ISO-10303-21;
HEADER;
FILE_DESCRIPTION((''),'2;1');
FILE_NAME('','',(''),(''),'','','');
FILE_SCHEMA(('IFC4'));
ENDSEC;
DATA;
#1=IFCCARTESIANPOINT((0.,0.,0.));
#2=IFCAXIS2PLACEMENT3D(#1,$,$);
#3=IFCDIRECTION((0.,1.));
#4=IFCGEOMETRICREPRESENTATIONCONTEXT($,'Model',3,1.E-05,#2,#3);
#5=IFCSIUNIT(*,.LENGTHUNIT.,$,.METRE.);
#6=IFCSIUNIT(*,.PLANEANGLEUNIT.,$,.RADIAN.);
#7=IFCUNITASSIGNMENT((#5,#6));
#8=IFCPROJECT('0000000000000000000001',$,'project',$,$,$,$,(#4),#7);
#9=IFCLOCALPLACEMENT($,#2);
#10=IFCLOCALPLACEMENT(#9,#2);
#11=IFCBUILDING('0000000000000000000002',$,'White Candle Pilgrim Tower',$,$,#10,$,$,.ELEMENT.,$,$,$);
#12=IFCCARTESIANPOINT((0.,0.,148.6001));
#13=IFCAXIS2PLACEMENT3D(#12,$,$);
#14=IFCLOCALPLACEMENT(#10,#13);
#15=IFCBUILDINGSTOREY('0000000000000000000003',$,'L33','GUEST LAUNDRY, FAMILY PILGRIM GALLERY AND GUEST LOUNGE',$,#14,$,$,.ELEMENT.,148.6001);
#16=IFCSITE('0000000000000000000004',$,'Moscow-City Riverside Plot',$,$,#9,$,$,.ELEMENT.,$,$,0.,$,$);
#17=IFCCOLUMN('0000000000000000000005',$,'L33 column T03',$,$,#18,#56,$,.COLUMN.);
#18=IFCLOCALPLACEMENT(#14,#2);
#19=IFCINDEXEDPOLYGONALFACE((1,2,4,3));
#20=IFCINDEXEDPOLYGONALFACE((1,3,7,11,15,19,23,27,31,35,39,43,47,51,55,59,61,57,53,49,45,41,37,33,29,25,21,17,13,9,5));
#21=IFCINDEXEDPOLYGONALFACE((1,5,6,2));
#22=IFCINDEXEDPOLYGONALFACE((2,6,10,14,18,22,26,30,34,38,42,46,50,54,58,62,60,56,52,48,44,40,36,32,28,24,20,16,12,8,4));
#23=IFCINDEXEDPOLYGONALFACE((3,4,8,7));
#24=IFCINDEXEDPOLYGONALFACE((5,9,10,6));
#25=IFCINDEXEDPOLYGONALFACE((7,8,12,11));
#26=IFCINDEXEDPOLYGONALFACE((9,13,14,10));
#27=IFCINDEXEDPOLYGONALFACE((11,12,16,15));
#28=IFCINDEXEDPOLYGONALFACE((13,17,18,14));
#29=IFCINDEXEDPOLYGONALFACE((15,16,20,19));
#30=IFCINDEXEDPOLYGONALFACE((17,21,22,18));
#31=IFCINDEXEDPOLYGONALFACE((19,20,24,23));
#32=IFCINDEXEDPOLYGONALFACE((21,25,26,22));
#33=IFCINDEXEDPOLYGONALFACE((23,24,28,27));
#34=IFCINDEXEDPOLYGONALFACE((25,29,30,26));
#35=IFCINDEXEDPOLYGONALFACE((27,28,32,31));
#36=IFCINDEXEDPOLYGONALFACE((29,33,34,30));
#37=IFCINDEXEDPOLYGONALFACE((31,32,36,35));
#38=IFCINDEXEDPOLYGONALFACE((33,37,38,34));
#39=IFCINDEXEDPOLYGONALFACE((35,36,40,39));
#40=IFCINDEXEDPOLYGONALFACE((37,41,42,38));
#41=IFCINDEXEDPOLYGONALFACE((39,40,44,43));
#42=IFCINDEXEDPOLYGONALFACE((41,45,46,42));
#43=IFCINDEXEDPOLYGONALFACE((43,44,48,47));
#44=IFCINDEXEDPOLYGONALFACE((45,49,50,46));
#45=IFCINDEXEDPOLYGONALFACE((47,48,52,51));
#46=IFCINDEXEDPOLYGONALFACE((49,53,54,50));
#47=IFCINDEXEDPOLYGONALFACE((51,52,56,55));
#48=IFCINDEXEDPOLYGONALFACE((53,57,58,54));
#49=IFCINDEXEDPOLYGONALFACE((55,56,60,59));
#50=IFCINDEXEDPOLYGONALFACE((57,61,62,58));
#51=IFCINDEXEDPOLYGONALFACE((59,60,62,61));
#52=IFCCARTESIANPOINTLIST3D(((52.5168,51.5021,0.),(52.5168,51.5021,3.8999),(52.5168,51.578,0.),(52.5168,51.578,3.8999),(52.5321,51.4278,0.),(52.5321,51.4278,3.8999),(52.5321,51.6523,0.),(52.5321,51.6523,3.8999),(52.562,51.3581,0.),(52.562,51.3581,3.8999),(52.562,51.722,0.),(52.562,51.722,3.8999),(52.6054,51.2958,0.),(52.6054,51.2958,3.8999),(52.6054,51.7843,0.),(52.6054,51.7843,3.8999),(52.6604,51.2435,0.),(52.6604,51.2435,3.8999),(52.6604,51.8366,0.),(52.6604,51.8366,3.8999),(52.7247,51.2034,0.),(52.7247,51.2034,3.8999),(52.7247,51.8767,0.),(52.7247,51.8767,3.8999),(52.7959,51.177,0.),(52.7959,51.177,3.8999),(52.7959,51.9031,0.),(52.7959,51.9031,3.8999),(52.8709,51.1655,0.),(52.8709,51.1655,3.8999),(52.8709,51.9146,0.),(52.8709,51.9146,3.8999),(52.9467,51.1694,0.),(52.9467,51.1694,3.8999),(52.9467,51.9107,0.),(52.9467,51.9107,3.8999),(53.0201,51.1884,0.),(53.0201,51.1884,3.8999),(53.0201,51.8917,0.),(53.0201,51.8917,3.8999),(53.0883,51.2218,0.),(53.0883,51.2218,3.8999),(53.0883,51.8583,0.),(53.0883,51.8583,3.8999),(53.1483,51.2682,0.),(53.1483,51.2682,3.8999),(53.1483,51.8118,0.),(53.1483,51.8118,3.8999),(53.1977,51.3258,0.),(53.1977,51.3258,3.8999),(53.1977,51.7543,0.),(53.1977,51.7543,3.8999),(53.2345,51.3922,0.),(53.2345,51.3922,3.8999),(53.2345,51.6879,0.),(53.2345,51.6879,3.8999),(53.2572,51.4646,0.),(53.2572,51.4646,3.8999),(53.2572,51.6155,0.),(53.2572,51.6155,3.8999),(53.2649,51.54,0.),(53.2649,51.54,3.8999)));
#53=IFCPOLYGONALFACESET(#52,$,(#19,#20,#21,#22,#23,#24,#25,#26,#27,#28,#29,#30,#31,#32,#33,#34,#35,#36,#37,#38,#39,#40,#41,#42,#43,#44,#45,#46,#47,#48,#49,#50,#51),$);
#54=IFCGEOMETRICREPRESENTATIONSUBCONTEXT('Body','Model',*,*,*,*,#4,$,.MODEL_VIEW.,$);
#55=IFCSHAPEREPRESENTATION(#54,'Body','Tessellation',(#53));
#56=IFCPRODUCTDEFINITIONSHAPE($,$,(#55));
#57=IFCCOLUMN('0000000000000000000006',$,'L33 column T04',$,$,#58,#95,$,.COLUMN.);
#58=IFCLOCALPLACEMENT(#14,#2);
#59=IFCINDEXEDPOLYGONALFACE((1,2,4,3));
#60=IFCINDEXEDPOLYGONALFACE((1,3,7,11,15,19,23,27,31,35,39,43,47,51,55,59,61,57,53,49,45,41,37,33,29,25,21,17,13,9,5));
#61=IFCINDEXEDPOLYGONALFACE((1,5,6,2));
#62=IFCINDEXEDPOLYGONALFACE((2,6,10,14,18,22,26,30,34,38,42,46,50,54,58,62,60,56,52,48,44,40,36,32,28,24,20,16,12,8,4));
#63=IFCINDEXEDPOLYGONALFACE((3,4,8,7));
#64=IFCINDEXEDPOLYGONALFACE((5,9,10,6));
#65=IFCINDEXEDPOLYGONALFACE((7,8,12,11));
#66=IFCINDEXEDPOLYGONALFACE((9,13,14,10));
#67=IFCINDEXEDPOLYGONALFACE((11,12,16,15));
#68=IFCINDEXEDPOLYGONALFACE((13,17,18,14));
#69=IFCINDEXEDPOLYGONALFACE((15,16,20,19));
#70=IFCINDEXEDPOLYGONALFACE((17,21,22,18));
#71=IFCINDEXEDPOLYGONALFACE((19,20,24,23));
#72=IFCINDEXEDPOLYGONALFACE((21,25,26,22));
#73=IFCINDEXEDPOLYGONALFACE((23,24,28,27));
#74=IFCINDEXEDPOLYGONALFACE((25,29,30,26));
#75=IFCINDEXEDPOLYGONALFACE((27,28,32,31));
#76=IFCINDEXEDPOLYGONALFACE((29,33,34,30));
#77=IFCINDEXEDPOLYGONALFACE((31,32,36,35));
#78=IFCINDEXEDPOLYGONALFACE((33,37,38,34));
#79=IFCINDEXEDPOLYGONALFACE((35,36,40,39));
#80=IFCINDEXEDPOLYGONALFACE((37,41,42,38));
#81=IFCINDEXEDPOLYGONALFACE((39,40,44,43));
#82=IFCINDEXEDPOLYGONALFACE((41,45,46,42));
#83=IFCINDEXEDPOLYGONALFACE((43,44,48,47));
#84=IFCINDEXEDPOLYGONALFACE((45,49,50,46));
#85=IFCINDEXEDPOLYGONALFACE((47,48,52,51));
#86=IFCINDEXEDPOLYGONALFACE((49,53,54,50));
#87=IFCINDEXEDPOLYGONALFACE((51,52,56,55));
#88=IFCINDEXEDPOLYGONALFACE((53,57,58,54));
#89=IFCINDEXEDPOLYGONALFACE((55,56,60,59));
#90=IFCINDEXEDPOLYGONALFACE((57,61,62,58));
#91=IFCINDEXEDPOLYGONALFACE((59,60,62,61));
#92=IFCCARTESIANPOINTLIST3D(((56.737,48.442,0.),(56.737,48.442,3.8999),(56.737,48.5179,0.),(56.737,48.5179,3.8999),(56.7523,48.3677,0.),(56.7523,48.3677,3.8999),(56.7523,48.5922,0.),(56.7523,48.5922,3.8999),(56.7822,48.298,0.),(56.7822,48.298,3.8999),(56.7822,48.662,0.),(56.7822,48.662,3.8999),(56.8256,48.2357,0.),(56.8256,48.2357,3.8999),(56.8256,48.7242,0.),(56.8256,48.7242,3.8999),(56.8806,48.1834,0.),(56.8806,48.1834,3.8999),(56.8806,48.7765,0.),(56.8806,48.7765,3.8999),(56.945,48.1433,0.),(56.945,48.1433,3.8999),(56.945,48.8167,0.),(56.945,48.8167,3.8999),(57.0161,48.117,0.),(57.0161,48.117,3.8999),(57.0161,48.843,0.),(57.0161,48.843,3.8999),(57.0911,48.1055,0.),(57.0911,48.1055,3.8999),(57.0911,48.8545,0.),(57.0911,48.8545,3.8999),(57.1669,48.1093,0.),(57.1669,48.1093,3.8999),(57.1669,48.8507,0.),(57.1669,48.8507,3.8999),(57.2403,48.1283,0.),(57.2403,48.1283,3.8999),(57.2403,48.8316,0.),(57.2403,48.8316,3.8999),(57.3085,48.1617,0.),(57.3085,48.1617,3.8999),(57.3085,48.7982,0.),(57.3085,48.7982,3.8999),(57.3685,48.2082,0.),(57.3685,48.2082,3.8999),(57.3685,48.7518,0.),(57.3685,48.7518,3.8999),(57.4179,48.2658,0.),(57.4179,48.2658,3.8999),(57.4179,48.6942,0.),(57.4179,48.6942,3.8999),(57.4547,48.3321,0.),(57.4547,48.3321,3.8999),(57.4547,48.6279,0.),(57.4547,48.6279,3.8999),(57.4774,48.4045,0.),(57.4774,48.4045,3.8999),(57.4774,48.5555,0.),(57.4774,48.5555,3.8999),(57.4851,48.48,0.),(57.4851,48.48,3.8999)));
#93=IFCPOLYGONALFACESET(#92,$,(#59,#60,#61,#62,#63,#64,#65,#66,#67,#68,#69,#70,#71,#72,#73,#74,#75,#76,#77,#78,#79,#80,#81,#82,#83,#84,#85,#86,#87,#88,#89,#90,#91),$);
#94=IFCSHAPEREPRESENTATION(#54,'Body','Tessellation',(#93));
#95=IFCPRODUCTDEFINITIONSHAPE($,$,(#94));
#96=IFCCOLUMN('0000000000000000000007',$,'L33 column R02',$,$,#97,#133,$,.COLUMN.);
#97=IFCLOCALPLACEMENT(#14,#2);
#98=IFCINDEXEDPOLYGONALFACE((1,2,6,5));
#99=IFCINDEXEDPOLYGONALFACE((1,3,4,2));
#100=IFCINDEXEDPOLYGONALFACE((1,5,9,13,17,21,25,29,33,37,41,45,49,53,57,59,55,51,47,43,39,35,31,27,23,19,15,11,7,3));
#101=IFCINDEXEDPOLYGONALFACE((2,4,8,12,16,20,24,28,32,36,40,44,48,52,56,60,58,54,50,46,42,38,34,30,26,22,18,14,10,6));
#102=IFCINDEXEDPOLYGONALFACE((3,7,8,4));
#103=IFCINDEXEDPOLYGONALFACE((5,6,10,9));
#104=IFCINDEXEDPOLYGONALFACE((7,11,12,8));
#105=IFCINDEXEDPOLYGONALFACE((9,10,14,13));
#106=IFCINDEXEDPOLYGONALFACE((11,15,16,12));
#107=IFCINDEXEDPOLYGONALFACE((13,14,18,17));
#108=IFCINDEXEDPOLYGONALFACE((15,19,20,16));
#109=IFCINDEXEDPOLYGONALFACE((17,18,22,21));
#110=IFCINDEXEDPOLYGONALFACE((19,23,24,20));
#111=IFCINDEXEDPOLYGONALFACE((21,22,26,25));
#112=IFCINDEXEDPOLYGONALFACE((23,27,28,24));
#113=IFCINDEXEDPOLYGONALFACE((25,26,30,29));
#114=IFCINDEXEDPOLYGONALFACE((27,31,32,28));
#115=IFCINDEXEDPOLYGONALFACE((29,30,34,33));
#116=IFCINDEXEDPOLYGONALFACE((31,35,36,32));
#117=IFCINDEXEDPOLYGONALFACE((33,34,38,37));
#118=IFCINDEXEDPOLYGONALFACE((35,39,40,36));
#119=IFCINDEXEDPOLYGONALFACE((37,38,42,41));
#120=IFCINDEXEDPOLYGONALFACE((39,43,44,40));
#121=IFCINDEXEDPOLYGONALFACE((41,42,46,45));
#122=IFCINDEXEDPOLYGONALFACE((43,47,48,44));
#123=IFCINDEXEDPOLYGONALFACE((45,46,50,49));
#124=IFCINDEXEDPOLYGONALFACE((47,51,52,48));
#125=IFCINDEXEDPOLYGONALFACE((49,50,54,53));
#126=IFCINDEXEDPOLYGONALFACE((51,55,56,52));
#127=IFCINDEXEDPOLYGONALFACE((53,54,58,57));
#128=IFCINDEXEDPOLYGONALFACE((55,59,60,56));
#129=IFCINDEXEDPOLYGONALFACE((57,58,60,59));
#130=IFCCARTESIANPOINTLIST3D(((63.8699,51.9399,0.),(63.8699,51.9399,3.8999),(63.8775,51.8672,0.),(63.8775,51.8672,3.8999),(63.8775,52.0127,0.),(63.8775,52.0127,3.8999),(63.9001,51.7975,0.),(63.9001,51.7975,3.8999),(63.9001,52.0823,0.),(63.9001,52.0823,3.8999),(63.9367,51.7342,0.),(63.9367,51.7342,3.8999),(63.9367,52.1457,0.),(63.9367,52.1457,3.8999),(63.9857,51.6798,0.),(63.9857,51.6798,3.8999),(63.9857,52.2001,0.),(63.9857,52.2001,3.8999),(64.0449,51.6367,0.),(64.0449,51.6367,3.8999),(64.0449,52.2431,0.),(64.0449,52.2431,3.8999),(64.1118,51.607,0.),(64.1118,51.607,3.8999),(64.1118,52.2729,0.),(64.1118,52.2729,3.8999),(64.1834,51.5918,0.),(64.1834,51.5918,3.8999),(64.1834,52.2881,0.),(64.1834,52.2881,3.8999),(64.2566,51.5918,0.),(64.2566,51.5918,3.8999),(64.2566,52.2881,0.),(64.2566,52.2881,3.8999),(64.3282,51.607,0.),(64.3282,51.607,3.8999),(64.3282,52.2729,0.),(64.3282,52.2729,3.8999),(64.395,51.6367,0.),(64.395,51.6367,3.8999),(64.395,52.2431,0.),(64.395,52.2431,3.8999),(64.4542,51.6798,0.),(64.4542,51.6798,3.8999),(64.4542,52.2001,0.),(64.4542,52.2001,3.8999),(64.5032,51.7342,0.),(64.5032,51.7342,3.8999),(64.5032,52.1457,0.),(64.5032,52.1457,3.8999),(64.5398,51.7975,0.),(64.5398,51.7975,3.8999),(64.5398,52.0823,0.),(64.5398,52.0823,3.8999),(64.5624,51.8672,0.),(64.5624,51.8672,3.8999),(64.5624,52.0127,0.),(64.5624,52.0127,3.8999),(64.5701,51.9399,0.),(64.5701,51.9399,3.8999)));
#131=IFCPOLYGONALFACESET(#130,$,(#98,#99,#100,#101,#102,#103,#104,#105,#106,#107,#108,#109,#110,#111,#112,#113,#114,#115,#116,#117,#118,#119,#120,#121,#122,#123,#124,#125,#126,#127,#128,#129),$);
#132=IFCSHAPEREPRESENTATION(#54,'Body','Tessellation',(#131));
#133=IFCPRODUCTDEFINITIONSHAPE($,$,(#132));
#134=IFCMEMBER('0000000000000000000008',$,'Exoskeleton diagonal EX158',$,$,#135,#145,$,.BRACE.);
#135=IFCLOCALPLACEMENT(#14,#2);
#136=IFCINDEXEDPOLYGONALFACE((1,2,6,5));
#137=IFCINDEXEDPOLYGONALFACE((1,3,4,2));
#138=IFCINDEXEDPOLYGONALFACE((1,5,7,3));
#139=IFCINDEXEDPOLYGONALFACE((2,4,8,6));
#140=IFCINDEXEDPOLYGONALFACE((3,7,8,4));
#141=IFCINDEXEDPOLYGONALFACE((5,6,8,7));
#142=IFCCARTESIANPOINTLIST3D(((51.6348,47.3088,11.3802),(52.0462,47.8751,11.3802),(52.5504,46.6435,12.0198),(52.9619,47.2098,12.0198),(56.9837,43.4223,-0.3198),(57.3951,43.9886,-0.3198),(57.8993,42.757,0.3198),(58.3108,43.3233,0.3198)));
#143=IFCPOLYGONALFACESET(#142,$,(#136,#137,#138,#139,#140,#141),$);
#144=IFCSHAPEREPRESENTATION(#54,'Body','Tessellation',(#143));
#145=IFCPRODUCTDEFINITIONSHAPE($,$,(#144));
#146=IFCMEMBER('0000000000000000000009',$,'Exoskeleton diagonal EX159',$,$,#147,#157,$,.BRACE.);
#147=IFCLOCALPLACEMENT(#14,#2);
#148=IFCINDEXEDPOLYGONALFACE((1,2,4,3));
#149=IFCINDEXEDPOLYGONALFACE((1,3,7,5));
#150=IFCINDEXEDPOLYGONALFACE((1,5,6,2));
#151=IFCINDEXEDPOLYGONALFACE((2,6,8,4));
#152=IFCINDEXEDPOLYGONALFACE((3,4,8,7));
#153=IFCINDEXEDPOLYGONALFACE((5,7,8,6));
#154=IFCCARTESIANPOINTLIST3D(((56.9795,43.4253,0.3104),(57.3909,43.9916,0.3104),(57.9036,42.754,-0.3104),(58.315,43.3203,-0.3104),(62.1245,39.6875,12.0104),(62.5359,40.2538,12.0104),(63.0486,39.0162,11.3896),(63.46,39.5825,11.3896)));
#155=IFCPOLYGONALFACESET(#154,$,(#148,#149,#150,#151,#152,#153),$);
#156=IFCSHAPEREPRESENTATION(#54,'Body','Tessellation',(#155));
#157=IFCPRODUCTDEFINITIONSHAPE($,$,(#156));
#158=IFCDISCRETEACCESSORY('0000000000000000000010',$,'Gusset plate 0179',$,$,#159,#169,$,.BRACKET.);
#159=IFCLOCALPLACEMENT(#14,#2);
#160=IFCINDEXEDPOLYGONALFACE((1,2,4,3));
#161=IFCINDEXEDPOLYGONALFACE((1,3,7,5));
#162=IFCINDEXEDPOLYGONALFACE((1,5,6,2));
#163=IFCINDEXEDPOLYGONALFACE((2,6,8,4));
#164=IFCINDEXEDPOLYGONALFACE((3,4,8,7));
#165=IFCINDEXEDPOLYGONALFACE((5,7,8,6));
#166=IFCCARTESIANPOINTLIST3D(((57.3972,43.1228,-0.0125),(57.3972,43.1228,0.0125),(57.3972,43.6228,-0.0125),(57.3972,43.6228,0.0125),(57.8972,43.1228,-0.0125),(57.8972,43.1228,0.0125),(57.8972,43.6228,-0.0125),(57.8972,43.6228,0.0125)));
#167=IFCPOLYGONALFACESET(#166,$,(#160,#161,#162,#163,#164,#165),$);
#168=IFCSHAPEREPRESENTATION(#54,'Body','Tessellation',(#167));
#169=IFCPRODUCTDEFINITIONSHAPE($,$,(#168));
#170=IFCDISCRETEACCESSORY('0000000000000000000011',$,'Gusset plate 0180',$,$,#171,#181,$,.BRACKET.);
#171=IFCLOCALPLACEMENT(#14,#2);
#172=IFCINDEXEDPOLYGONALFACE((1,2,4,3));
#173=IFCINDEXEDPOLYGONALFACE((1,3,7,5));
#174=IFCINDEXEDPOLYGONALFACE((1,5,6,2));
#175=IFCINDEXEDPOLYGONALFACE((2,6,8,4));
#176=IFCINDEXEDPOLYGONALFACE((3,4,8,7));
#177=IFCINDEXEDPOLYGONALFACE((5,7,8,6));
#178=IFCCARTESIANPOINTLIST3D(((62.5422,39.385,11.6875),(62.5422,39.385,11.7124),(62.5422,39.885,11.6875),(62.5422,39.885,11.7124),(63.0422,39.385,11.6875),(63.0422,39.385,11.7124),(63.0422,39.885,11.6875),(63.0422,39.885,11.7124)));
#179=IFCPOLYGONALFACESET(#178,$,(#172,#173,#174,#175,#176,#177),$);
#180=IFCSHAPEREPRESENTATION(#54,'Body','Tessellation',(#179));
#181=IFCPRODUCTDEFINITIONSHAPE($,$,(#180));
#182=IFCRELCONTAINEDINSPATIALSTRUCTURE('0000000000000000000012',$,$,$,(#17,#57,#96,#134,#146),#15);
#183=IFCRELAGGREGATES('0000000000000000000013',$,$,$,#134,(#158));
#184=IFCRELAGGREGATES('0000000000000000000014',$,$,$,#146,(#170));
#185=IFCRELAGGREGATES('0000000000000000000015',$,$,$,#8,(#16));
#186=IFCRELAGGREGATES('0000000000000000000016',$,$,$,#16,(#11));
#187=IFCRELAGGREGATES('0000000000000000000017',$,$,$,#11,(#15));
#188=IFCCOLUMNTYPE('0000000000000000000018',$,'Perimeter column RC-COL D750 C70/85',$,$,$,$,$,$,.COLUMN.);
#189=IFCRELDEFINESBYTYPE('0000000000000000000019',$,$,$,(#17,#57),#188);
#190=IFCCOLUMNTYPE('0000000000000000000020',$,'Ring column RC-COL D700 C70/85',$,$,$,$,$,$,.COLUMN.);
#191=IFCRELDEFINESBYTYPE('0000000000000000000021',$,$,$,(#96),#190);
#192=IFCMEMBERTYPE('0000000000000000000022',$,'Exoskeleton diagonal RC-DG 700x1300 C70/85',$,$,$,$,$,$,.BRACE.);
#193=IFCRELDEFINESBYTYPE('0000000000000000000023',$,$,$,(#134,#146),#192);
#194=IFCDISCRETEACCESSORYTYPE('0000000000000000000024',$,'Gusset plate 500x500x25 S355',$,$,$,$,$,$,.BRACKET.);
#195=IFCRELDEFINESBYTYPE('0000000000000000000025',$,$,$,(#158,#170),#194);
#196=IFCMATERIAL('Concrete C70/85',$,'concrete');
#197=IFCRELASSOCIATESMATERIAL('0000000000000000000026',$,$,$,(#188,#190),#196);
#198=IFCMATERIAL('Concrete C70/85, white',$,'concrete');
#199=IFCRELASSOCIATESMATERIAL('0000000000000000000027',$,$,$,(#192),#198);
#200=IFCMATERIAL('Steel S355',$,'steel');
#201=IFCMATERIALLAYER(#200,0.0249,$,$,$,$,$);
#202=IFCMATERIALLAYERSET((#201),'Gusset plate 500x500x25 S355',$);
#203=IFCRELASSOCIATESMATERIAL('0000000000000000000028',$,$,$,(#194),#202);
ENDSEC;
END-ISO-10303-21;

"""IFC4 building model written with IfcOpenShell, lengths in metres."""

from ifc_helpers import new_model, si_unit, direction, frame, origin, origin_2d, place, context, subcontext, project, spatial, rectangle, circle, extrude, material, layer, layer_set, material_profile, profile_set, type_object, element, aggregate, save


model = new_model("IFC4")

# Units and contexts
model_context = context("Model", 3, precision=1e-05, world=origin(), true_north=direction((0.0, 1.0)))
body_context = subcontext(model_context, "Body", "Model", "MODEL_VIEW")
ifc_project = project(units=[si_unit("LENGTHUNIT", "METRE"), si_unit("PLANEANGLEUNIT", "RADIAN")], contexts=[model_context])

# Site, building, storey
site_placement = place(None, origin())
site = spatial("IfcSite", under=ifc_project, at=site_placement, Name="Moscow-City Riverside Plot", CompositionType="ELEMENT", RefElevation=0.0)
building_placement = place(site_placement, origin())
building = spatial("IfcBuilding", under=site, at=building_placement, Name="White Candle Pilgrim Tower", CompositionType="ELEMENT")
storey_placement = place(building_placement, frame((0.0, 0.0, 148.6001)))
storey = spatial("IfcBuildingStorey", under=building, at=storey_placement, Name="L33", Description="GUEST LAUNDRY, FAMILY PILGRIM GALLERY AND GUEST LOUNGE", CompositionType="ELEMENT", Elevation=148.6001)

# Columns
ifc_material_1 = material(Name="Concrete C70/85", Category="concrete")
ifc_material_profile_1 = material_profile(ifc_material_1, circle(Radius=0.375, at=origin_2d()), Name="RC-COL D750")
ifc_profile_set_1 = profile_set([ifc_material_profile_1], Name="Concrete C70/85")
column_type_1 = type_object("IfcColumnType", Name="Perimeter column RC-COL D750 C70/85", PredefinedType="COLUMN", material=ifc_profile_set_1)
for number, where, z_axis, x_axis, name in (
    (1, (52.8899, 51.54, 0.0), (0.0, 0.0, 1.0), (1.0, 0.0, 0.0), "L33 column T03"),
    (2, (57.1101, 48.48, 0.0), (0.0, 0.0, 1.0), (1.0, 0.0, 0.0), "L33 column T04"),
):
    element("IfcColumn", number, at=place(storey_placement, frame(where, z_axis=z_axis, x_axis=x_axis)), inside=storey, type_object=column_type_1, Name=name, PredefinedType="COLUMN", context=body_context, shape_type="SweptSolid", body=[
        extrude(circle(Radius=0.375, at=origin_2d()), origin(), (0.0, 0.0, 1.0), 3.8999),
    ])
ifc_material_profile_2 = material_profile(ifc_material_1, circle(Radius=0.3501, at=origin_2d()), Name="RC-COL D700")
ifc_profile_set_2 = profile_set([ifc_material_profile_2], Name="Concrete C70/85")
column_type_2 = type_object("IfcColumnType", Name="Ring column RC-COL D700 C70/85", PredefinedType="COLUMN", material=ifc_profile_set_2)
column_placement = place(storey_placement, frame((64.22, 51.9399, 0.0), z_axis=(0.0, 0.0, 1.0), x_axis=(1.0, 0.0, 0.0)))
element("IfcColumn", 3, at=column_placement, inside=storey, type_object=column_type_2, Name="L33 column R02", PredefinedType="COLUMN", context=body_context, shape_type="SweptSolid", body=[
    extrude(circle(Radius=0.3501, at=origin_2d()), origin(), (0.0, 0.0, 1.0), 3.8999),
])

# Members
ifc_material_2 = material(Name="Concrete C70/85, white", Category="concrete")
ifc_material_profile_3 = material_profile(ifc_material_2, rectangle(XDim=0.7, YDim=1.3, at=origin_2d()), Name="RC-DG 700x1300")
ifc_profile_set_3 = profile_set([ifc_material_profile_3], Name="Concrete C70/85, white")
member_type_1 = type_object("IfcMemberType", Name="Exoskeleton diagonal RC-DG 700x1300 C70/85", PredefinedType="BRACE", material=ifc_profile_set_3)
member_1_placement = place(storey_placement, frame((57.6472, 43.3728, 0.0), z_axis=(-0.398014, 0.289196, 0.870603), x_axis=(-0.587814, -0.808996, 0.0)))
member_1 = element("IfcMember", 4, at=member_1_placement, inside=storey, type_object=member_type_1, Name="Exoskeleton diagonal EX158", PredefinedType="BRACE", context=body_context, shape_type="SweptSolid", body=[
    extrude(rectangle(XDim=0.7, YDim=1.3, at=origin_2d()), origin(), (0.0, 0.0, 1.0), 13.439),
])
member_2_placement = place(storey_placement, frame((57.6472, 43.3728, 0.0), z_axis=(0.386362, -0.280687, 0.878601), x_axis=(0.587756, 0.809038, 0.0)))
member_2 = element("IfcMember", 5, at=member_2_placement, inside=storey, type_object=member_type_1, Name="Exoskeleton diagonal EX159", PredefinedType="BRACE", context=body_context, shape_type="SweptSolid", body=[
    extrude(rectangle(XDim=0.7, YDim=1.3, at=origin_2d()), origin(), (0.0, 0.0, 1.0), 13.3167),
])

# Discrete accessories
ifc_material_3 = material(Name="Steel S355", Category="steel")
ifc_layer_1 = layer(ifc_material_3, 0.0249)
ifc_layer_set_1 = layer_set([ifc_layer_1], Name="Gusset plate 500x500x25 S355")
discrete_accessory_type = type_object("IfcDiscreteAccessoryType", Name="Gusset plate 500x500x25 S355", PredefinedType="BRACKET", material=ifc_layer_set_1)
discrete_accessory_1_placement = place(storey_placement, frame((57.6472, 43.3728, -0.0125), z_axis=(0.0, 0.0, 1.0), x_axis=(1.0, 0.0, 0.0)))
discrete_accessory_1 = element("IfcDiscreteAccessory", 6, at=discrete_accessory_1_placement, type_object=discrete_accessory_type, Name="Gusset plate 0179", PredefinedType="BRACKET", context=body_context, shape_type="SweptSolid", body=[
    extrude(rectangle(XDim=0.5, YDim=0.5, at=origin_2d()), origin(), (0.0, 0.0, 1.0), 0.0249),
])
aggregate(member_1, [discrete_accessory_1])
placement = place(building_placement, frame((0.0, 0.0, 160.3)))
discrete_accessory_2_placement = place(placement, frame((62.7922, 39.635, -0.0125), z_axis=(0.0, 0.0, 1.0), x_axis=(1.0, 0.0, 0.0)))
discrete_accessory_2 = element("IfcDiscreteAccessory", 7, at=discrete_accessory_2_placement, type_object=discrete_accessory_type, Name="Gusset plate 0180", PredefinedType="BRACKET", context=body_context, shape_type="SweptSolid", body=[
    extrude(rectangle(XDim=0.5, YDim=0.5, at=origin_2d()), origin(), (0.0, 0.0, 1.0), 0.0249),
])
aggregate(member_2, [discrete_accessory_2])

save(model, "model.ifc")
